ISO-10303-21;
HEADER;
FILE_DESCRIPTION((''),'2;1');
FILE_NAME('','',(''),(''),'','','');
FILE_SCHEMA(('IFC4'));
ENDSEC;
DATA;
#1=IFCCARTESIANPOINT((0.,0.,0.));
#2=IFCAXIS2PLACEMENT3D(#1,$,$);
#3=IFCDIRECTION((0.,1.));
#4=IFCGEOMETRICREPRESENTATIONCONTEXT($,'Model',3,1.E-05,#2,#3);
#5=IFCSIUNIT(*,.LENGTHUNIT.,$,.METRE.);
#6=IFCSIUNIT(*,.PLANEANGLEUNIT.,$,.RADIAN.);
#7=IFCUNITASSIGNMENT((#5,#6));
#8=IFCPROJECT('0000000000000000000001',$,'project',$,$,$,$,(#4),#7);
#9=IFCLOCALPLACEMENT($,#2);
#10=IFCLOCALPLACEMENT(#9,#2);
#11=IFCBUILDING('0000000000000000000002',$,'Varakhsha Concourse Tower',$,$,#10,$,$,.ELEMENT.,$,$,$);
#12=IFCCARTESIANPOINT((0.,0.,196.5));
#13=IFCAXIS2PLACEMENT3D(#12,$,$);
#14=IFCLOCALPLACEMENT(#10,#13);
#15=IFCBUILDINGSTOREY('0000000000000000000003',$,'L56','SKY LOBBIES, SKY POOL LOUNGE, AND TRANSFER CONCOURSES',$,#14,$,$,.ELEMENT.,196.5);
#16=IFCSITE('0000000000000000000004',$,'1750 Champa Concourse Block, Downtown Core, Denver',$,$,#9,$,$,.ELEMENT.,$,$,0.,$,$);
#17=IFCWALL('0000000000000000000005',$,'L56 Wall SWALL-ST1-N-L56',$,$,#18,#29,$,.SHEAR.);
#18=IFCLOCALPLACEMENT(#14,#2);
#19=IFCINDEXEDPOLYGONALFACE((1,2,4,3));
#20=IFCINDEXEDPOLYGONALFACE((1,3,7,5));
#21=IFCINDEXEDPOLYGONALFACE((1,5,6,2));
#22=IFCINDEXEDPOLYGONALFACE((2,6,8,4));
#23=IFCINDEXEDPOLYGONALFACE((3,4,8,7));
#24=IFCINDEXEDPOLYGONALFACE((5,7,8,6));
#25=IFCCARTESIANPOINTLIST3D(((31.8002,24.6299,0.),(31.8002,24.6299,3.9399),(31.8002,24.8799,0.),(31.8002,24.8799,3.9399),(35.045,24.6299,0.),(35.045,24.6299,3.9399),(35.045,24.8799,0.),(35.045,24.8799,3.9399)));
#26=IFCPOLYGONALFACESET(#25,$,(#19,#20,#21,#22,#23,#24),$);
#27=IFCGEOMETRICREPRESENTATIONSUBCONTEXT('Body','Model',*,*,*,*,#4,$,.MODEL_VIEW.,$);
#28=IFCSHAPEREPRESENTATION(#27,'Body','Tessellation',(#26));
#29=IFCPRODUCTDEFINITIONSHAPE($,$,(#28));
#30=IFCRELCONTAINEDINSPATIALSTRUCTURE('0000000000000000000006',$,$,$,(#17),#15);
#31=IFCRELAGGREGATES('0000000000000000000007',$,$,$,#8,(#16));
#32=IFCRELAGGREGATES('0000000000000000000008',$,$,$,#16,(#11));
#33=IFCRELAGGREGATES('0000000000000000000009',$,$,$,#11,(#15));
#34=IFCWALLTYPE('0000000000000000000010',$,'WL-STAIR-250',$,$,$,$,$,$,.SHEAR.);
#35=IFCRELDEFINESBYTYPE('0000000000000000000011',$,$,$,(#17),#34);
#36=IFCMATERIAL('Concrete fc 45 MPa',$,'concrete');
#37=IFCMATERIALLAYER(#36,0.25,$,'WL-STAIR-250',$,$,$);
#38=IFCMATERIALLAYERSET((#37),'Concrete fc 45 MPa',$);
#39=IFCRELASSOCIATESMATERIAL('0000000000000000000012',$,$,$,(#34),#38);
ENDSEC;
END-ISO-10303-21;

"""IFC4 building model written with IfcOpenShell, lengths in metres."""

from ifc_helpers import new_model, si_unit, direction, frame, frame_2d, origin, place, context, subcontext, project, spatial, rectangle, extrude, material, layer, layer_set, type_object, element, save


model = new_model("IFC4")

# Units and contexts
model_context = context("Model", 3, precision=1e-05, world=origin(), true_north=direction((0.0, 1.0)))
body_context = subcontext(model_context, "Body", "Model", "MODEL_VIEW")
ifc_project = project(units=[si_unit("LENGTHUNIT", "METRE"), si_unit("PLANEANGLEUNIT", "RADIAN")], contexts=[model_context])

# Site, building, storey
site_placement = place(None, origin())
site = spatial("IfcSite", under=ifc_project, at=site_placement, Name="1750 Champa Concourse Block, Downtown Core, Denver", CompositionType="ELEMENT", RefElevation=0.0)
building_placement = place(site_placement, origin())
building = spatial("IfcBuilding", under=site, at=building_placement, Name="Varakhsha Concourse Tower", CompositionType="ELEMENT")
storey_placement = place(building_placement, frame((0.0, 0.0, 196.5)))
storey = spatial("IfcBuildingStorey", under=building, at=storey_placement, Name="L56", Description="SKY LOBBIES, SKY POOL LOUNGE, AND TRANSFER CONCOURSES", CompositionType="ELEMENT", Elevation=196.5)

# Wall
ifc_material_1 = material(Name="Concrete fc 45 MPa", Category="concrete")
ifc_layer_1 = layer(ifc_material_1, 0.25, Name="WL-STAIR-250")
ifc_layer_set_1 = layer_set([ifc_layer_1], Name="Concrete fc 45 MPa")
wall_type_1 = type_object("IfcWallType", Name="WL-STAIR-250", PredefinedType="SHEAR", material=ifc_layer_set_1)
wall_1_placement = place(storey_placement, frame((31.8, 24.7549, 0.0), z_axis=(0.0, 0.0, 1.0), x_axis=(1.0, 0.0, 0.0)))
element("IfcWall", 1, at=wall_1_placement, inside=storey, type_object=wall_type_1, Name="L56 Wall SWALL-ST1-N-L56", PredefinedType="SHEAR", context=body_context, shape_type="SweptSolid", body=[
    extrude(rectangle(XDim=3.2449, YDim=0.25, at=frame_2d((1.6226, 0.0))), origin(), (0.0, 0.0, 1.0), 3.9399),
])

save(model, "model.ifc")
